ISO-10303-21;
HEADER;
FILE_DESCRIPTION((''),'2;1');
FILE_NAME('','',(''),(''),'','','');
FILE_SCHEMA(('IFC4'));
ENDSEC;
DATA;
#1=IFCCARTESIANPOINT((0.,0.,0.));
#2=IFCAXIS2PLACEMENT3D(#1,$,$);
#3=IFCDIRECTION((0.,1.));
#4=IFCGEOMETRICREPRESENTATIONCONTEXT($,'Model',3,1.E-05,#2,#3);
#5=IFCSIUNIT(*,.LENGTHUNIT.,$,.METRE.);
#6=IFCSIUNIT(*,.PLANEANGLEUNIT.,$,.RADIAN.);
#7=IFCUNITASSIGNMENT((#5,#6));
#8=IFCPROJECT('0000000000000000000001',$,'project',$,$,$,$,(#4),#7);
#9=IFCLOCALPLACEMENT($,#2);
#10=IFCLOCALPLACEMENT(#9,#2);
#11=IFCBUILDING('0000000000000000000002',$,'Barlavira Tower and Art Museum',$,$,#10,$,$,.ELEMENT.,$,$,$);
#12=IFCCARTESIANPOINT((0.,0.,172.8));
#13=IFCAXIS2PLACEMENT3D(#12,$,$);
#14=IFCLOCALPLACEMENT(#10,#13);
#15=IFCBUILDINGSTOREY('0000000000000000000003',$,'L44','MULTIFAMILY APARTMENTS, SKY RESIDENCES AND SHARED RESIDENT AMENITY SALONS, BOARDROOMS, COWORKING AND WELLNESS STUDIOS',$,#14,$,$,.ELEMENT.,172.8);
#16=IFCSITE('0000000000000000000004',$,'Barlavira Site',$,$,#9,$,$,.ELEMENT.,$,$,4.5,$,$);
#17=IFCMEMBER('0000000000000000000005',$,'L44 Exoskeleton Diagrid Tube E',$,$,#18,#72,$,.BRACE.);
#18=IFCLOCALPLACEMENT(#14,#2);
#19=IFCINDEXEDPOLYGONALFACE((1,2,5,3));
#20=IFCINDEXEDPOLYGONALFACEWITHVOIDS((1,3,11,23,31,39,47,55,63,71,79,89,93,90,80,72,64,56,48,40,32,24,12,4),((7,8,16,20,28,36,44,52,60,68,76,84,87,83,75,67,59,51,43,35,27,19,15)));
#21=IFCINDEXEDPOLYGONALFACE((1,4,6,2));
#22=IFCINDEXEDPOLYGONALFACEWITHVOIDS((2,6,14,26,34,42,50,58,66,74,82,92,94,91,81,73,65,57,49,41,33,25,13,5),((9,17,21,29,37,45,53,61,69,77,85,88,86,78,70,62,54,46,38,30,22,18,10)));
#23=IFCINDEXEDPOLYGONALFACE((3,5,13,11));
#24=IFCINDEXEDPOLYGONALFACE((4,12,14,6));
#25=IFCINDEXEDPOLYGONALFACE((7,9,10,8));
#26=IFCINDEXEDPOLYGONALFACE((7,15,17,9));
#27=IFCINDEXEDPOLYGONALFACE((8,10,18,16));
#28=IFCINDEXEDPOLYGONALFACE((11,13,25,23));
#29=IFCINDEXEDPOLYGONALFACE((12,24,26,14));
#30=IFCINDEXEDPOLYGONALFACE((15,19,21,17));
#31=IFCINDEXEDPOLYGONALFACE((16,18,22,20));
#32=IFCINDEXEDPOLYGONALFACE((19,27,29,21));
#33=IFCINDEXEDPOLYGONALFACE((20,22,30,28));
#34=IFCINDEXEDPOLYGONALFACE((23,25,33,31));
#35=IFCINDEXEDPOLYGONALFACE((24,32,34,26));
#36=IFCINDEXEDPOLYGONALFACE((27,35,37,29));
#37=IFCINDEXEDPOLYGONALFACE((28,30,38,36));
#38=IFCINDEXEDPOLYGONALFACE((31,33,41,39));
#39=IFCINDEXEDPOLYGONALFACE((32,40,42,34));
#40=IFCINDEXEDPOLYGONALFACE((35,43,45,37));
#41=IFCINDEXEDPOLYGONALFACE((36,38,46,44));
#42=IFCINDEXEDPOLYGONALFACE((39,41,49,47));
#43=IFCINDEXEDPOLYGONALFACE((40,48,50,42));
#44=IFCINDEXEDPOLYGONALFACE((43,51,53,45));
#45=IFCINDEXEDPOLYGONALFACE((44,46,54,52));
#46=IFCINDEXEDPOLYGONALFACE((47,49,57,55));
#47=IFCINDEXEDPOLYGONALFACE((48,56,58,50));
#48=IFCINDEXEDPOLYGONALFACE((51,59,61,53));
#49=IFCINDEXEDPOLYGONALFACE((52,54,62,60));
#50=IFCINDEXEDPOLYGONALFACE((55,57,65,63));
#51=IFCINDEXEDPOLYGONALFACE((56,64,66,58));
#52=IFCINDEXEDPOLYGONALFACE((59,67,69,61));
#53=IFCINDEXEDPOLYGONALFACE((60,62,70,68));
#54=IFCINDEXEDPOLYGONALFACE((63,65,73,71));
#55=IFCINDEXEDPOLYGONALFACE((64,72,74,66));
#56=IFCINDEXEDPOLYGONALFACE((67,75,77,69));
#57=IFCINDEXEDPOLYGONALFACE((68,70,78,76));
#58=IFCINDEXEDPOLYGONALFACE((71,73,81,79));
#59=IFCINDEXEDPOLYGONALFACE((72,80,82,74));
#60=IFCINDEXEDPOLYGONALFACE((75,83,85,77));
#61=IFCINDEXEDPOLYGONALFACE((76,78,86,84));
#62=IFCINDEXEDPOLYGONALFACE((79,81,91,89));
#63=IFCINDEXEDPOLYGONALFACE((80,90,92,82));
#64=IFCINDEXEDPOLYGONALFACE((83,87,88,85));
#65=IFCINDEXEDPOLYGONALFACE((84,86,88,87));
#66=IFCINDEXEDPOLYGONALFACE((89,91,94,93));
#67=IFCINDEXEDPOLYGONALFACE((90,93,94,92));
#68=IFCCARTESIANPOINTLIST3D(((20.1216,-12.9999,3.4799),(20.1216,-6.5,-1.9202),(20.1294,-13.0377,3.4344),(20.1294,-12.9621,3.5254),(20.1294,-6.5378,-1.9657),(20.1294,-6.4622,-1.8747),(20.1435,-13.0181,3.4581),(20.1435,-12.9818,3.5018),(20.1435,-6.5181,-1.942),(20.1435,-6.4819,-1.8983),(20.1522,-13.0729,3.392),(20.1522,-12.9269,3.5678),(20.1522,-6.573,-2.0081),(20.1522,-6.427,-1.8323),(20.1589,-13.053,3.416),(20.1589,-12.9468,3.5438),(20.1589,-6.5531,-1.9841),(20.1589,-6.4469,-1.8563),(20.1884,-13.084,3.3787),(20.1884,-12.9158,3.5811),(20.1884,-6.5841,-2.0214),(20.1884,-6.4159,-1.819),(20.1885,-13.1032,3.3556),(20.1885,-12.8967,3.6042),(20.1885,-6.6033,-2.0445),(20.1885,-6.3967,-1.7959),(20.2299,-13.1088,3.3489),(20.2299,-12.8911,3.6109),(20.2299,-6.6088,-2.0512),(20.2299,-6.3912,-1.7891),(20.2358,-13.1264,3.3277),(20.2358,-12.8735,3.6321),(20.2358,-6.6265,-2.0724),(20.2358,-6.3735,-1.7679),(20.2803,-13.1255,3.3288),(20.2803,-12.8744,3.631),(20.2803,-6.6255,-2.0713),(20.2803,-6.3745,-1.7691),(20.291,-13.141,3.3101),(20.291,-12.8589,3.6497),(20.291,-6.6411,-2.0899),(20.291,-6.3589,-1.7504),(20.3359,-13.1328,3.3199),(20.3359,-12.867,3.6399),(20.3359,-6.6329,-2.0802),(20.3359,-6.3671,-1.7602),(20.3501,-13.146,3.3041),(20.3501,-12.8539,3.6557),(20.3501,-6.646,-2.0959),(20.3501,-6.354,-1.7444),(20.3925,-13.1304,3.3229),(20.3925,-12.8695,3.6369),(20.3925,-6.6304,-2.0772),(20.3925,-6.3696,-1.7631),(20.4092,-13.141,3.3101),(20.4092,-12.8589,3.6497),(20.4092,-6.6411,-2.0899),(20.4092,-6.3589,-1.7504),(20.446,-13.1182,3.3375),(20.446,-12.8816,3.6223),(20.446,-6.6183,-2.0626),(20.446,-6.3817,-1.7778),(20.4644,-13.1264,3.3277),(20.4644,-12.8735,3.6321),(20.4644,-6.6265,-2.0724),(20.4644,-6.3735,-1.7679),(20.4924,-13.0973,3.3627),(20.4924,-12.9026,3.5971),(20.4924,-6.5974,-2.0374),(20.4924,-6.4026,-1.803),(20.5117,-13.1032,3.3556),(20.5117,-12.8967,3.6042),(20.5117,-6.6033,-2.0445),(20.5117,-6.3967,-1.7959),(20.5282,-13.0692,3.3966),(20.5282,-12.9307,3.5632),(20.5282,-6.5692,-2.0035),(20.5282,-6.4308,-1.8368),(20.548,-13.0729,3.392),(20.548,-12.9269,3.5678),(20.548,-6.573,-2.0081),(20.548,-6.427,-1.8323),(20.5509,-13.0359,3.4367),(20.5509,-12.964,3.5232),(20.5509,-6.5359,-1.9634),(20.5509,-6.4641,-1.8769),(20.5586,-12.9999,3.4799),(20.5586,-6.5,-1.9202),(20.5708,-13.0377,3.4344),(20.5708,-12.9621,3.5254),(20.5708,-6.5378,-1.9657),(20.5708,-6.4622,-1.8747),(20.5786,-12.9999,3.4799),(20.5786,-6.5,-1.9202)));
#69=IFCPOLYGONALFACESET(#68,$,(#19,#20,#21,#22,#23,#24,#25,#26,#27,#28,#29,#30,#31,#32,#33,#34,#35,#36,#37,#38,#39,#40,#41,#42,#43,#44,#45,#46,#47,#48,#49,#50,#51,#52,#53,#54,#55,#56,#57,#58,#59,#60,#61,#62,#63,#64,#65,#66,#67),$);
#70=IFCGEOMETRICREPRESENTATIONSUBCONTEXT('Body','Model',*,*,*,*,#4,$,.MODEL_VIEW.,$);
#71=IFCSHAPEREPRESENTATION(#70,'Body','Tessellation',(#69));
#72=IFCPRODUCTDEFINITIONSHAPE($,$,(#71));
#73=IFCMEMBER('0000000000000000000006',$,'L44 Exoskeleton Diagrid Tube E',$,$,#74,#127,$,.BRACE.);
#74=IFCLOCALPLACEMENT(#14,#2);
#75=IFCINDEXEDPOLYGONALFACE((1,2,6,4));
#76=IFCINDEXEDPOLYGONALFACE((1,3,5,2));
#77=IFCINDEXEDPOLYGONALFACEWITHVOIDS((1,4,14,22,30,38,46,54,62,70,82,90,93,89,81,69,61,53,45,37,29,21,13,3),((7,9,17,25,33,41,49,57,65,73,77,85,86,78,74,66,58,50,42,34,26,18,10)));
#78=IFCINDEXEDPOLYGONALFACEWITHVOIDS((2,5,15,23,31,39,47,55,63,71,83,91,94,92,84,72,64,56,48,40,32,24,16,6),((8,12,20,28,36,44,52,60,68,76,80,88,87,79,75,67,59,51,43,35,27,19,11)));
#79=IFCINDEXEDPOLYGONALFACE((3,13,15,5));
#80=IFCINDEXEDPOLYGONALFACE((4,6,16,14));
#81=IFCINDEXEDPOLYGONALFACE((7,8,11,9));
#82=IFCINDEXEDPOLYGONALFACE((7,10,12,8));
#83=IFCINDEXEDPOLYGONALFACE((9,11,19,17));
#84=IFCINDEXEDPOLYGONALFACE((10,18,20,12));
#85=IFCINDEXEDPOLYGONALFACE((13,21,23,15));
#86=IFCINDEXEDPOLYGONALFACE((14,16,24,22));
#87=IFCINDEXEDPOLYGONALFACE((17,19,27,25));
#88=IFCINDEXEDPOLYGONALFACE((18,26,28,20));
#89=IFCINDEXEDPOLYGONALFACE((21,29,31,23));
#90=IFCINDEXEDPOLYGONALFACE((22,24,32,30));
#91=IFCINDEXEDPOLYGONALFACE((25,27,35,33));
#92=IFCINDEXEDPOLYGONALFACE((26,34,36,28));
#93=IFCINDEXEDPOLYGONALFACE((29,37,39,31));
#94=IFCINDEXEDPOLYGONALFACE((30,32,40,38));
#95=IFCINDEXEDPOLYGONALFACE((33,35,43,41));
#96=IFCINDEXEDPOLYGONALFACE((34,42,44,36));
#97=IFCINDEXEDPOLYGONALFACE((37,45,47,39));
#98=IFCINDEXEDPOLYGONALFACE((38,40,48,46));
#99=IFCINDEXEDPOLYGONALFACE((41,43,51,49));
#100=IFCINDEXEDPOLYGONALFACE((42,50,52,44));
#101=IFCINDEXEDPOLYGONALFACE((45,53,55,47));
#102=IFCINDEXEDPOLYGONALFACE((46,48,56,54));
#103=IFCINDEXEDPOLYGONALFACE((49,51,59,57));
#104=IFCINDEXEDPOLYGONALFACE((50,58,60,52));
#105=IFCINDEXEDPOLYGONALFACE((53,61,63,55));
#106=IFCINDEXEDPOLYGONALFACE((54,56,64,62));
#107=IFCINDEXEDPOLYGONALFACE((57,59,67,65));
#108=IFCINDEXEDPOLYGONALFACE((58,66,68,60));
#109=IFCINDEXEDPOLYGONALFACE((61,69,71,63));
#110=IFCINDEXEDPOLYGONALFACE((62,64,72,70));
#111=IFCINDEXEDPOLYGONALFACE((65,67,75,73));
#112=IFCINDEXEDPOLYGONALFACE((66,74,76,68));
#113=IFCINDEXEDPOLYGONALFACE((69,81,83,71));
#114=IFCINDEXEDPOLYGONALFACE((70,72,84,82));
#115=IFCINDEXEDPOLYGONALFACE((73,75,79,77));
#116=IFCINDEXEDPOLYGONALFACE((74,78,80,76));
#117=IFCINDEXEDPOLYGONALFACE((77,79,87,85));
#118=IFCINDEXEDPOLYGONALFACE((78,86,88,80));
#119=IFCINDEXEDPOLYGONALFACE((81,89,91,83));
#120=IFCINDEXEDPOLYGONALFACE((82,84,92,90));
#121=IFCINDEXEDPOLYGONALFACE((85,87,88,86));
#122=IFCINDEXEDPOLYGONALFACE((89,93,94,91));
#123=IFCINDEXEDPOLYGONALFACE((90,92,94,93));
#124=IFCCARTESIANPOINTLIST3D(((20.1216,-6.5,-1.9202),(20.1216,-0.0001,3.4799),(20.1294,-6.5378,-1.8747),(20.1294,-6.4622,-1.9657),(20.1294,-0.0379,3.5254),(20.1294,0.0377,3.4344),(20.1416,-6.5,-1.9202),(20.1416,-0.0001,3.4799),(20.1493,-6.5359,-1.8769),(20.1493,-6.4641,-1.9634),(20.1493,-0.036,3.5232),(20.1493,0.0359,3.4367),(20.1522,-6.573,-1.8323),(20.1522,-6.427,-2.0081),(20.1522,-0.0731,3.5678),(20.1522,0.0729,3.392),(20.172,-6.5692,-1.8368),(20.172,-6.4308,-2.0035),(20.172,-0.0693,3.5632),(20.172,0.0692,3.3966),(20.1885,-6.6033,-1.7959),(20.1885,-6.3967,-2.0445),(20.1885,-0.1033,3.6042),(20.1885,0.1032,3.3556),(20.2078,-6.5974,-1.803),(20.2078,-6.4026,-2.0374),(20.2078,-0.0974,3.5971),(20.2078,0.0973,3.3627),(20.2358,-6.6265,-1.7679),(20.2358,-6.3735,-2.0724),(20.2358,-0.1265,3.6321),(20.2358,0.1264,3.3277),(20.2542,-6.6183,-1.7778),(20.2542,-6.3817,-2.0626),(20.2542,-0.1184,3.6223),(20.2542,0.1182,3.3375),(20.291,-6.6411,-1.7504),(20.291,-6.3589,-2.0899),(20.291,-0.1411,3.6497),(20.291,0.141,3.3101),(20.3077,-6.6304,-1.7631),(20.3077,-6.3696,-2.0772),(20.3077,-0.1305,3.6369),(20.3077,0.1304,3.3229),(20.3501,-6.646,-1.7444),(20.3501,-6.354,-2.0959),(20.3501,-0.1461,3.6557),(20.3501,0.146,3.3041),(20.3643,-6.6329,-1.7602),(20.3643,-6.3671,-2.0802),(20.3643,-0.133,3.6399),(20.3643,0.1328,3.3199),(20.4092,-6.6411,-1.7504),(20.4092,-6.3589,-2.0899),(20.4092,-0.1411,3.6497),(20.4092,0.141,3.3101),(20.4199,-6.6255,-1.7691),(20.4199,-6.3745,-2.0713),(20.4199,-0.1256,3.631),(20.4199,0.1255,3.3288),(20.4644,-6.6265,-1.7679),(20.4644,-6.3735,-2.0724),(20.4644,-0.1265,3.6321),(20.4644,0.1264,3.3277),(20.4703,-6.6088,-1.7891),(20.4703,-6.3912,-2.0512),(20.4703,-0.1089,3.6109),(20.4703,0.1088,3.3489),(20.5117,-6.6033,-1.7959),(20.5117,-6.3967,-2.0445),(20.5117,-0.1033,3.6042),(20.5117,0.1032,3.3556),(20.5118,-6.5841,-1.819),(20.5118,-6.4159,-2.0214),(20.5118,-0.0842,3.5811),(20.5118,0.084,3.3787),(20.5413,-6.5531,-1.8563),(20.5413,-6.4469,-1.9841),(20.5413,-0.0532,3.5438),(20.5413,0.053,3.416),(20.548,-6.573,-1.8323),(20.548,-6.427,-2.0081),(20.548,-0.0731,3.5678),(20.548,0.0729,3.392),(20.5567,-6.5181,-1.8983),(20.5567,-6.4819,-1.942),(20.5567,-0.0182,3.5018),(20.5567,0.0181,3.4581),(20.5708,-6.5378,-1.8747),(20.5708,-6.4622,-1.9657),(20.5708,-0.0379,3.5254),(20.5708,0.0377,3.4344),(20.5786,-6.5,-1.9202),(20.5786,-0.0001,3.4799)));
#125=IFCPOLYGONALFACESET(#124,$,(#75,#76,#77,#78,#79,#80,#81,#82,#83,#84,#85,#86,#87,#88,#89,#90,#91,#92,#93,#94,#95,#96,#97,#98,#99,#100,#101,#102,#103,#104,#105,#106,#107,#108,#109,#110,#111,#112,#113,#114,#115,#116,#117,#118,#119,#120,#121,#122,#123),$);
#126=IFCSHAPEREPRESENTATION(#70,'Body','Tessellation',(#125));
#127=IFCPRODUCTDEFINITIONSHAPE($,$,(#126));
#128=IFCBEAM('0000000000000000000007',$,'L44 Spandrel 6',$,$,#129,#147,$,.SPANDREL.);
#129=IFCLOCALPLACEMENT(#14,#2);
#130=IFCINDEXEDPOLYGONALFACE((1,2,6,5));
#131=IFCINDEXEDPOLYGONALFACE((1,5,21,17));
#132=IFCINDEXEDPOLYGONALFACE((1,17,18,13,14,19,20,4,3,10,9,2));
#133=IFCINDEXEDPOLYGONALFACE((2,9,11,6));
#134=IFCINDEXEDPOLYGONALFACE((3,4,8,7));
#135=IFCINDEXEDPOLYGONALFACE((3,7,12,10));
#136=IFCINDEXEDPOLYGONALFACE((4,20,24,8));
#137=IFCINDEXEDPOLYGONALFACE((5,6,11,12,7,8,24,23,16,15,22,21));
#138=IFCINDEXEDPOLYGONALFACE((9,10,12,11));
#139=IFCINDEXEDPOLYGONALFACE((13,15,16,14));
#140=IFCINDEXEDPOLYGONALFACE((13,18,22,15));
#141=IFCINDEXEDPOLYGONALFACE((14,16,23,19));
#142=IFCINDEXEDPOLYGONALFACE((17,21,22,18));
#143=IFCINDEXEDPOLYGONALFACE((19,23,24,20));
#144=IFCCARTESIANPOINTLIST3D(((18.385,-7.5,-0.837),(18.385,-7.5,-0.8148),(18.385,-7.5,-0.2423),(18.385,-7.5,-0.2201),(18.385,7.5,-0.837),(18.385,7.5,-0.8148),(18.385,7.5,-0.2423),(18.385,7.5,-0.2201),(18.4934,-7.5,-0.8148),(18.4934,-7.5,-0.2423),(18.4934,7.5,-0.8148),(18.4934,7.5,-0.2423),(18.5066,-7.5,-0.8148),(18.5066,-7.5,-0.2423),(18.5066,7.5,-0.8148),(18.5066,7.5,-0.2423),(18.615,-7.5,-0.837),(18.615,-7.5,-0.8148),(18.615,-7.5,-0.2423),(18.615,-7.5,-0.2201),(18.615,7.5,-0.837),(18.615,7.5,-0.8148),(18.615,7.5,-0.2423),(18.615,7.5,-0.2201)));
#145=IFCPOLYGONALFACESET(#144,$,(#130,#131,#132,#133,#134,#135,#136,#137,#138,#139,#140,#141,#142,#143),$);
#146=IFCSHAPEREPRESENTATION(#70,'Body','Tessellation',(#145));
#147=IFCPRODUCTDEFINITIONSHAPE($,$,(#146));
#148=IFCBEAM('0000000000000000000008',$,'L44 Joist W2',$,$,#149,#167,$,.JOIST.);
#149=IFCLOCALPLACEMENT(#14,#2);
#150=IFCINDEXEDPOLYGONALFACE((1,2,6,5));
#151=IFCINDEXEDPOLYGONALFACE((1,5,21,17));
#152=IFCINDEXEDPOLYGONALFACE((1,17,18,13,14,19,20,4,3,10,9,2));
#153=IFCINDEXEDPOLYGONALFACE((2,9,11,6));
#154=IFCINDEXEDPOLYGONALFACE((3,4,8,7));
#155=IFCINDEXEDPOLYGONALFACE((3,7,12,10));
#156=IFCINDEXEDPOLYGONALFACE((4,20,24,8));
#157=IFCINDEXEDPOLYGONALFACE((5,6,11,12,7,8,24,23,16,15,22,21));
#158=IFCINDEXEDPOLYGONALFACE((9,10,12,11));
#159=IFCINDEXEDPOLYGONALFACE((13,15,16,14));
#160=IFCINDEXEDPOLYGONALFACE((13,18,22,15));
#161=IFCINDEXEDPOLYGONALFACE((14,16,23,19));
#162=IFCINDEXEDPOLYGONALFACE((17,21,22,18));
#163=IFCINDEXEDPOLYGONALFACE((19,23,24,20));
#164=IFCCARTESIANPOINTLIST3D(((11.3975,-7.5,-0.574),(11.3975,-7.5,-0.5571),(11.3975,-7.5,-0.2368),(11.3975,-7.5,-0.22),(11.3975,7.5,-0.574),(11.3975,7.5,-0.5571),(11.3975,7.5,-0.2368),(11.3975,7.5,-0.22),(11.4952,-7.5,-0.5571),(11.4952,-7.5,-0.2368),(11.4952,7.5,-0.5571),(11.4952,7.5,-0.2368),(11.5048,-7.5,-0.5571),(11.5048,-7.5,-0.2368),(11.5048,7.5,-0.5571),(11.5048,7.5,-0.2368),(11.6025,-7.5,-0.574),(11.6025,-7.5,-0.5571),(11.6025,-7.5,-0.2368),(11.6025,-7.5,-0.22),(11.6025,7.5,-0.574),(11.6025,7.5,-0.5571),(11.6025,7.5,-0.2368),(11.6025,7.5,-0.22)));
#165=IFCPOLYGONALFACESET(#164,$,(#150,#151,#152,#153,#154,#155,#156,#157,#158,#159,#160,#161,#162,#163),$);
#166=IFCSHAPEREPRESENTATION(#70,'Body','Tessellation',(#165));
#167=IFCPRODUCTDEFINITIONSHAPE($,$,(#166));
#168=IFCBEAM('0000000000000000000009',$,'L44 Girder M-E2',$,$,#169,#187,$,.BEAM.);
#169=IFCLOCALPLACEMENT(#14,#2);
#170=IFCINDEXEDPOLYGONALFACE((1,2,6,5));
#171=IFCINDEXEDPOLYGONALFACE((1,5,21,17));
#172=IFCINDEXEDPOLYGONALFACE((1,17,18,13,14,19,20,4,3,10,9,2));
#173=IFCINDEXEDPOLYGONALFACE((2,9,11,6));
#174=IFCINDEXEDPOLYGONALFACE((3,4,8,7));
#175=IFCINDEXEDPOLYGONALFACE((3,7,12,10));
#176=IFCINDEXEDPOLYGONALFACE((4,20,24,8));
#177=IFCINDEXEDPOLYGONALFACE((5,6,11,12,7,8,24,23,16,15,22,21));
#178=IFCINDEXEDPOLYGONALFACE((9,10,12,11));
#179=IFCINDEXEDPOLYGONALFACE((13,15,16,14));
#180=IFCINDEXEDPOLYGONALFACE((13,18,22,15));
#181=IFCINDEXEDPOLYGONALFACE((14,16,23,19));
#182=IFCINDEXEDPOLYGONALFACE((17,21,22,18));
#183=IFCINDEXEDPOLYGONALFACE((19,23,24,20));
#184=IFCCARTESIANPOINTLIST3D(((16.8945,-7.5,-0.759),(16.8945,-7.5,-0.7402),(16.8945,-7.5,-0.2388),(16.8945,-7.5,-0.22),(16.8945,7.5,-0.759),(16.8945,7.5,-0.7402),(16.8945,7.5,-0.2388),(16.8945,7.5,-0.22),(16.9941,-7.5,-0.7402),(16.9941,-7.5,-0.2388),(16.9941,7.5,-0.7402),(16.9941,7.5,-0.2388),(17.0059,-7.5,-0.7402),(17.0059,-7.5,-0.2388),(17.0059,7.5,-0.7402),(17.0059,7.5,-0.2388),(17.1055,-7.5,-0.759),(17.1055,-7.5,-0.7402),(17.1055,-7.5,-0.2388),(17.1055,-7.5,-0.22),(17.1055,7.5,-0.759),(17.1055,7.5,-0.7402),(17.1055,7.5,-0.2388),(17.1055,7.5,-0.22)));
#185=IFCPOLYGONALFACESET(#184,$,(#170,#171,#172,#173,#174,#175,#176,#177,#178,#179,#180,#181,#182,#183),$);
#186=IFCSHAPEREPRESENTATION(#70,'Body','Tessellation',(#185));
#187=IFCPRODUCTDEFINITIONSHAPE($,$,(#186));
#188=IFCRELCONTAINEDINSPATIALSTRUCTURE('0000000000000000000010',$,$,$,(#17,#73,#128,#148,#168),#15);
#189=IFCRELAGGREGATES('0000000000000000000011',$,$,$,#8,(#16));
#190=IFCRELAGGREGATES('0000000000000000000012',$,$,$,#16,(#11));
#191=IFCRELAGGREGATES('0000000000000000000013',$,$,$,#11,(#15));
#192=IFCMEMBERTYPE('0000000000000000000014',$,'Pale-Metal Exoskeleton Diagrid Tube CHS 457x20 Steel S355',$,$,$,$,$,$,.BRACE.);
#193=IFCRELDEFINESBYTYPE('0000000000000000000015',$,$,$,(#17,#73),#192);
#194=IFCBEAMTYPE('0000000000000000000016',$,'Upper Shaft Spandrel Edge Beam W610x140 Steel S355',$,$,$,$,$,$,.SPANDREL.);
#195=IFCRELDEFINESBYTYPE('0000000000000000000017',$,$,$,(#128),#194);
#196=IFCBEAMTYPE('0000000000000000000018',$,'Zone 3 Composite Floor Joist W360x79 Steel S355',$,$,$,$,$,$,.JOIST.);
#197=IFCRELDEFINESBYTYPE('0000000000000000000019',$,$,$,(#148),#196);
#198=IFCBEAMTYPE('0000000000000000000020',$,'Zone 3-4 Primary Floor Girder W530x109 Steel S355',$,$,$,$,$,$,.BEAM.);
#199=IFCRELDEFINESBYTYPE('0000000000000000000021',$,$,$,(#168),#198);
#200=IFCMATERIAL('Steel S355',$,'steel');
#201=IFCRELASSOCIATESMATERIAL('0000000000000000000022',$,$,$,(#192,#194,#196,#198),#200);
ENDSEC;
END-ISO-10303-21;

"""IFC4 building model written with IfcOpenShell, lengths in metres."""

from ifc_helpers import new_model, si_unit, direction, frame, origin, origin_2d, place, context, subcontext, project, spatial, hollow_circle, i_section, extrude, material, material_profile, profile_set, type_object, element, save


model = new_model("IFC4")

# Units and contexts
model_context = context("Model", 3, precision=1e-05, world=origin(), true_north=direction((0.0, 1.0)))
body_context = subcontext(model_context, "Body", "Model", "MODEL_VIEW")
ifc_project = project(units=[si_unit("LENGTHUNIT", "METRE"), si_unit("PLANEANGLEUNIT", "RADIAN")], contexts=[model_context])

# Site, building, storey
site_placement = place(None, origin())
site = spatial("IfcSite", under=ifc_project, at=site_placement, Name="Barlavira Site", CompositionType="ELEMENT", RefElevation=4.5)
building_placement = place(site_placement, origin())
building = spatial("IfcBuilding", under=site, at=building_placement, Name="Barlavira Tower and Art Museum", CompositionType="ELEMENT")
storey_placement = place(building_placement, frame((0.0, 0.0, 172.8)))
storey = spatial("IfcBuildingStorey", under=building, at=storey_placement, Name="L44", Description="MULTIFAMILY APARTMENTS, SKY RESIDENCES AND SHARED RESIDENT AMENITY SALONS, BOARDROOMS, COWORKING AND WELLNESS STUDIOS", CompositionType="ELEMENT", Elevation=172.8)

# Members
ifc_material_1 = material(Name="Steel S355", Category="steel")
ifc_material_profile_1 = material_profile(ifc_material_1, hollow_circle(Radius=0.2285, WallThickness=0.02, at=origin_2d()), Name="CHS 457.0x20.0")
ifc_profile_set_1 = profile_set([ifc_material_profile_1], Name="Steel S355")
member_type_1 = type_object("IfcMemberType", Name="Pale-Metal Exoskeleton Diagrid Tube CHS 457x20 Steel S355", PredefinedType="BRACE", material=ifc_profile_set_1)
for number, where, z_axis, x_axis, name in (
    (1, (20.3501, -6.5, -1.9202), (0.0, -0.769182, 0.63903), (1.0, 0.0, 0.0), "L44 Exoskeleton Diagrid Tube E"),
    (2, (20.3501, -6.5, -1.9202), (0.0, 0.769182, 0.63903), (-1.0, 0.0, 0.0), "L44 Exoskeleton Diagrid Tube E"),
):
    element("IfcMember", number, at=place(storey_placement, frame(where, z_axis=z_axis, x_axis=x_axis)), inside=storey, type_object=member_type_1, Name=name, PredefinedType="BRACE", context=body_context, shape_type="SweptSolid", body=[
        extrude(hollow_circle(Radius=0.2285, WallThickness=0.02, at=origin_2d()), origin(), (0.0, 0.0, 1.0), 8.4504),
    ])

# Beams
ifc_material_profile_2 = material_profile(ifc_material_1, i_section(OverallWidth=0.23, OverallDepth=0.6169, WebThickness=0.0132, FlangeThickness=0.0222, at=origin_2d()), Name="W610x140.0")
ifc_profile_set_2 = profile_set([ifc_material_profile_2], Name="Steel S355")
beam_type_1 = type_object("IfcBeamType", Name="Upper Shaft Spandrel Edge Beam W610x140 Steel S355", PredefinedType="SPANDREL", material=ifc_profile_set_2)
beam_1_placement = place(storey_placement, frame((18.5, -7.5, -0.5286), z_axis=(0.0, 1.0, 0.0), x_axis=(-1.0, 0.0, 0.0)))
element("IfcBeam", 3, at=beam_1_placement, inside=storey, type_object=beam_type_1, Name="L44 Spandrel 6", PredefinedType="SPANDREL", context=body_context, shape_type="SweptSolid", body=[
    extrude(i_section(OverallWidth=0.23, OverallDepth=0.6169, WebThickness=0.0132, FlangeThickness=0.0222, at=origin_2d()), origin(), (0.0, 0.0, 1.0), 15.0),
])
ifc_material_profile_3 = material_profile(ifc_material_1, i_section(OverallWidth=0.2051, OverallDepth=0.354, WebThickness=0.0095, FlangeThickness=0.0168, at=origin_2d()), Name="W360x79.0")
ifc_profile_set_3 = profile_set([ifc_material_profile_3], Name="Steel S355")
beam_type_2 = type_object("IfcBeamType", Name="Zone 3 Composite Floor Joist W360x79 Steel S355", PredefinedType="JOIST", material=ifc_profile_set_3)
beam_2_placement = place(storey_placement, frame((11.5, -7.5, -0.397), z_axis=(0.0, 1.0, 0.0), x_axis=(-1.0, 0.0, 0.0)))
element("IfcBeam", 4, at=beam_2_placement, inside=storey, type_object=beam_type_2, Name="L44 Joist W2", PredefinedType="JOIST", context=body_context, shape_type="SweptSolid", body=[
    extrude(i_section(OverallWidth=0.2051, OverallDepth=0.354, WebThickness=0.0095, FlangeThickness=0.0168, at=origin_2d()), origin(), (0.0, 0.0, 1.0), 15.0),
])
ifc_material_profile_4 = material_profile(ifc_material_1, i_section(OverallWidth=0.2109, OverallDepth=0.5391, WebThickness=0.0117, FlangeThickness=0.0188, at=origin_2d()), Name="W530x109.0")
ifc_profile_set_4 = profile_set([ifc_material_profile_4], Name="Steel S355")
beam_type_3 = type_object("IfcBeamType", Name="Zone 3-4 Primary Floor Girder W530x109 Steel S355", PredefinedType="BEAM", material=ifc_profile_set_4)
beam_3_placement = place(storey_placement, frame((17.0, -7.5, -0.4895), z_axis=(0.0, 1.0, 0.0), x_axis=(-1.0, 0.0, 0.0)))
element("IfcBeam", 5, at=beam_3_placement, inside=storey, type_object=beam_type_3, Name="L44 Girder M-E2", PredefinedType="BEAM", context=body_context, shape_type="SweptSolid", body=[
    extrude(i_section(OverallWidth=0.2109, OverallDepth=0.5391, WebThickness=0.0117, FlangeThickness=0.0188, at=origin_2d()), origin(), (0.0, 0.0, 1.0), 15.0),
])

save(model, "model.ifc")
